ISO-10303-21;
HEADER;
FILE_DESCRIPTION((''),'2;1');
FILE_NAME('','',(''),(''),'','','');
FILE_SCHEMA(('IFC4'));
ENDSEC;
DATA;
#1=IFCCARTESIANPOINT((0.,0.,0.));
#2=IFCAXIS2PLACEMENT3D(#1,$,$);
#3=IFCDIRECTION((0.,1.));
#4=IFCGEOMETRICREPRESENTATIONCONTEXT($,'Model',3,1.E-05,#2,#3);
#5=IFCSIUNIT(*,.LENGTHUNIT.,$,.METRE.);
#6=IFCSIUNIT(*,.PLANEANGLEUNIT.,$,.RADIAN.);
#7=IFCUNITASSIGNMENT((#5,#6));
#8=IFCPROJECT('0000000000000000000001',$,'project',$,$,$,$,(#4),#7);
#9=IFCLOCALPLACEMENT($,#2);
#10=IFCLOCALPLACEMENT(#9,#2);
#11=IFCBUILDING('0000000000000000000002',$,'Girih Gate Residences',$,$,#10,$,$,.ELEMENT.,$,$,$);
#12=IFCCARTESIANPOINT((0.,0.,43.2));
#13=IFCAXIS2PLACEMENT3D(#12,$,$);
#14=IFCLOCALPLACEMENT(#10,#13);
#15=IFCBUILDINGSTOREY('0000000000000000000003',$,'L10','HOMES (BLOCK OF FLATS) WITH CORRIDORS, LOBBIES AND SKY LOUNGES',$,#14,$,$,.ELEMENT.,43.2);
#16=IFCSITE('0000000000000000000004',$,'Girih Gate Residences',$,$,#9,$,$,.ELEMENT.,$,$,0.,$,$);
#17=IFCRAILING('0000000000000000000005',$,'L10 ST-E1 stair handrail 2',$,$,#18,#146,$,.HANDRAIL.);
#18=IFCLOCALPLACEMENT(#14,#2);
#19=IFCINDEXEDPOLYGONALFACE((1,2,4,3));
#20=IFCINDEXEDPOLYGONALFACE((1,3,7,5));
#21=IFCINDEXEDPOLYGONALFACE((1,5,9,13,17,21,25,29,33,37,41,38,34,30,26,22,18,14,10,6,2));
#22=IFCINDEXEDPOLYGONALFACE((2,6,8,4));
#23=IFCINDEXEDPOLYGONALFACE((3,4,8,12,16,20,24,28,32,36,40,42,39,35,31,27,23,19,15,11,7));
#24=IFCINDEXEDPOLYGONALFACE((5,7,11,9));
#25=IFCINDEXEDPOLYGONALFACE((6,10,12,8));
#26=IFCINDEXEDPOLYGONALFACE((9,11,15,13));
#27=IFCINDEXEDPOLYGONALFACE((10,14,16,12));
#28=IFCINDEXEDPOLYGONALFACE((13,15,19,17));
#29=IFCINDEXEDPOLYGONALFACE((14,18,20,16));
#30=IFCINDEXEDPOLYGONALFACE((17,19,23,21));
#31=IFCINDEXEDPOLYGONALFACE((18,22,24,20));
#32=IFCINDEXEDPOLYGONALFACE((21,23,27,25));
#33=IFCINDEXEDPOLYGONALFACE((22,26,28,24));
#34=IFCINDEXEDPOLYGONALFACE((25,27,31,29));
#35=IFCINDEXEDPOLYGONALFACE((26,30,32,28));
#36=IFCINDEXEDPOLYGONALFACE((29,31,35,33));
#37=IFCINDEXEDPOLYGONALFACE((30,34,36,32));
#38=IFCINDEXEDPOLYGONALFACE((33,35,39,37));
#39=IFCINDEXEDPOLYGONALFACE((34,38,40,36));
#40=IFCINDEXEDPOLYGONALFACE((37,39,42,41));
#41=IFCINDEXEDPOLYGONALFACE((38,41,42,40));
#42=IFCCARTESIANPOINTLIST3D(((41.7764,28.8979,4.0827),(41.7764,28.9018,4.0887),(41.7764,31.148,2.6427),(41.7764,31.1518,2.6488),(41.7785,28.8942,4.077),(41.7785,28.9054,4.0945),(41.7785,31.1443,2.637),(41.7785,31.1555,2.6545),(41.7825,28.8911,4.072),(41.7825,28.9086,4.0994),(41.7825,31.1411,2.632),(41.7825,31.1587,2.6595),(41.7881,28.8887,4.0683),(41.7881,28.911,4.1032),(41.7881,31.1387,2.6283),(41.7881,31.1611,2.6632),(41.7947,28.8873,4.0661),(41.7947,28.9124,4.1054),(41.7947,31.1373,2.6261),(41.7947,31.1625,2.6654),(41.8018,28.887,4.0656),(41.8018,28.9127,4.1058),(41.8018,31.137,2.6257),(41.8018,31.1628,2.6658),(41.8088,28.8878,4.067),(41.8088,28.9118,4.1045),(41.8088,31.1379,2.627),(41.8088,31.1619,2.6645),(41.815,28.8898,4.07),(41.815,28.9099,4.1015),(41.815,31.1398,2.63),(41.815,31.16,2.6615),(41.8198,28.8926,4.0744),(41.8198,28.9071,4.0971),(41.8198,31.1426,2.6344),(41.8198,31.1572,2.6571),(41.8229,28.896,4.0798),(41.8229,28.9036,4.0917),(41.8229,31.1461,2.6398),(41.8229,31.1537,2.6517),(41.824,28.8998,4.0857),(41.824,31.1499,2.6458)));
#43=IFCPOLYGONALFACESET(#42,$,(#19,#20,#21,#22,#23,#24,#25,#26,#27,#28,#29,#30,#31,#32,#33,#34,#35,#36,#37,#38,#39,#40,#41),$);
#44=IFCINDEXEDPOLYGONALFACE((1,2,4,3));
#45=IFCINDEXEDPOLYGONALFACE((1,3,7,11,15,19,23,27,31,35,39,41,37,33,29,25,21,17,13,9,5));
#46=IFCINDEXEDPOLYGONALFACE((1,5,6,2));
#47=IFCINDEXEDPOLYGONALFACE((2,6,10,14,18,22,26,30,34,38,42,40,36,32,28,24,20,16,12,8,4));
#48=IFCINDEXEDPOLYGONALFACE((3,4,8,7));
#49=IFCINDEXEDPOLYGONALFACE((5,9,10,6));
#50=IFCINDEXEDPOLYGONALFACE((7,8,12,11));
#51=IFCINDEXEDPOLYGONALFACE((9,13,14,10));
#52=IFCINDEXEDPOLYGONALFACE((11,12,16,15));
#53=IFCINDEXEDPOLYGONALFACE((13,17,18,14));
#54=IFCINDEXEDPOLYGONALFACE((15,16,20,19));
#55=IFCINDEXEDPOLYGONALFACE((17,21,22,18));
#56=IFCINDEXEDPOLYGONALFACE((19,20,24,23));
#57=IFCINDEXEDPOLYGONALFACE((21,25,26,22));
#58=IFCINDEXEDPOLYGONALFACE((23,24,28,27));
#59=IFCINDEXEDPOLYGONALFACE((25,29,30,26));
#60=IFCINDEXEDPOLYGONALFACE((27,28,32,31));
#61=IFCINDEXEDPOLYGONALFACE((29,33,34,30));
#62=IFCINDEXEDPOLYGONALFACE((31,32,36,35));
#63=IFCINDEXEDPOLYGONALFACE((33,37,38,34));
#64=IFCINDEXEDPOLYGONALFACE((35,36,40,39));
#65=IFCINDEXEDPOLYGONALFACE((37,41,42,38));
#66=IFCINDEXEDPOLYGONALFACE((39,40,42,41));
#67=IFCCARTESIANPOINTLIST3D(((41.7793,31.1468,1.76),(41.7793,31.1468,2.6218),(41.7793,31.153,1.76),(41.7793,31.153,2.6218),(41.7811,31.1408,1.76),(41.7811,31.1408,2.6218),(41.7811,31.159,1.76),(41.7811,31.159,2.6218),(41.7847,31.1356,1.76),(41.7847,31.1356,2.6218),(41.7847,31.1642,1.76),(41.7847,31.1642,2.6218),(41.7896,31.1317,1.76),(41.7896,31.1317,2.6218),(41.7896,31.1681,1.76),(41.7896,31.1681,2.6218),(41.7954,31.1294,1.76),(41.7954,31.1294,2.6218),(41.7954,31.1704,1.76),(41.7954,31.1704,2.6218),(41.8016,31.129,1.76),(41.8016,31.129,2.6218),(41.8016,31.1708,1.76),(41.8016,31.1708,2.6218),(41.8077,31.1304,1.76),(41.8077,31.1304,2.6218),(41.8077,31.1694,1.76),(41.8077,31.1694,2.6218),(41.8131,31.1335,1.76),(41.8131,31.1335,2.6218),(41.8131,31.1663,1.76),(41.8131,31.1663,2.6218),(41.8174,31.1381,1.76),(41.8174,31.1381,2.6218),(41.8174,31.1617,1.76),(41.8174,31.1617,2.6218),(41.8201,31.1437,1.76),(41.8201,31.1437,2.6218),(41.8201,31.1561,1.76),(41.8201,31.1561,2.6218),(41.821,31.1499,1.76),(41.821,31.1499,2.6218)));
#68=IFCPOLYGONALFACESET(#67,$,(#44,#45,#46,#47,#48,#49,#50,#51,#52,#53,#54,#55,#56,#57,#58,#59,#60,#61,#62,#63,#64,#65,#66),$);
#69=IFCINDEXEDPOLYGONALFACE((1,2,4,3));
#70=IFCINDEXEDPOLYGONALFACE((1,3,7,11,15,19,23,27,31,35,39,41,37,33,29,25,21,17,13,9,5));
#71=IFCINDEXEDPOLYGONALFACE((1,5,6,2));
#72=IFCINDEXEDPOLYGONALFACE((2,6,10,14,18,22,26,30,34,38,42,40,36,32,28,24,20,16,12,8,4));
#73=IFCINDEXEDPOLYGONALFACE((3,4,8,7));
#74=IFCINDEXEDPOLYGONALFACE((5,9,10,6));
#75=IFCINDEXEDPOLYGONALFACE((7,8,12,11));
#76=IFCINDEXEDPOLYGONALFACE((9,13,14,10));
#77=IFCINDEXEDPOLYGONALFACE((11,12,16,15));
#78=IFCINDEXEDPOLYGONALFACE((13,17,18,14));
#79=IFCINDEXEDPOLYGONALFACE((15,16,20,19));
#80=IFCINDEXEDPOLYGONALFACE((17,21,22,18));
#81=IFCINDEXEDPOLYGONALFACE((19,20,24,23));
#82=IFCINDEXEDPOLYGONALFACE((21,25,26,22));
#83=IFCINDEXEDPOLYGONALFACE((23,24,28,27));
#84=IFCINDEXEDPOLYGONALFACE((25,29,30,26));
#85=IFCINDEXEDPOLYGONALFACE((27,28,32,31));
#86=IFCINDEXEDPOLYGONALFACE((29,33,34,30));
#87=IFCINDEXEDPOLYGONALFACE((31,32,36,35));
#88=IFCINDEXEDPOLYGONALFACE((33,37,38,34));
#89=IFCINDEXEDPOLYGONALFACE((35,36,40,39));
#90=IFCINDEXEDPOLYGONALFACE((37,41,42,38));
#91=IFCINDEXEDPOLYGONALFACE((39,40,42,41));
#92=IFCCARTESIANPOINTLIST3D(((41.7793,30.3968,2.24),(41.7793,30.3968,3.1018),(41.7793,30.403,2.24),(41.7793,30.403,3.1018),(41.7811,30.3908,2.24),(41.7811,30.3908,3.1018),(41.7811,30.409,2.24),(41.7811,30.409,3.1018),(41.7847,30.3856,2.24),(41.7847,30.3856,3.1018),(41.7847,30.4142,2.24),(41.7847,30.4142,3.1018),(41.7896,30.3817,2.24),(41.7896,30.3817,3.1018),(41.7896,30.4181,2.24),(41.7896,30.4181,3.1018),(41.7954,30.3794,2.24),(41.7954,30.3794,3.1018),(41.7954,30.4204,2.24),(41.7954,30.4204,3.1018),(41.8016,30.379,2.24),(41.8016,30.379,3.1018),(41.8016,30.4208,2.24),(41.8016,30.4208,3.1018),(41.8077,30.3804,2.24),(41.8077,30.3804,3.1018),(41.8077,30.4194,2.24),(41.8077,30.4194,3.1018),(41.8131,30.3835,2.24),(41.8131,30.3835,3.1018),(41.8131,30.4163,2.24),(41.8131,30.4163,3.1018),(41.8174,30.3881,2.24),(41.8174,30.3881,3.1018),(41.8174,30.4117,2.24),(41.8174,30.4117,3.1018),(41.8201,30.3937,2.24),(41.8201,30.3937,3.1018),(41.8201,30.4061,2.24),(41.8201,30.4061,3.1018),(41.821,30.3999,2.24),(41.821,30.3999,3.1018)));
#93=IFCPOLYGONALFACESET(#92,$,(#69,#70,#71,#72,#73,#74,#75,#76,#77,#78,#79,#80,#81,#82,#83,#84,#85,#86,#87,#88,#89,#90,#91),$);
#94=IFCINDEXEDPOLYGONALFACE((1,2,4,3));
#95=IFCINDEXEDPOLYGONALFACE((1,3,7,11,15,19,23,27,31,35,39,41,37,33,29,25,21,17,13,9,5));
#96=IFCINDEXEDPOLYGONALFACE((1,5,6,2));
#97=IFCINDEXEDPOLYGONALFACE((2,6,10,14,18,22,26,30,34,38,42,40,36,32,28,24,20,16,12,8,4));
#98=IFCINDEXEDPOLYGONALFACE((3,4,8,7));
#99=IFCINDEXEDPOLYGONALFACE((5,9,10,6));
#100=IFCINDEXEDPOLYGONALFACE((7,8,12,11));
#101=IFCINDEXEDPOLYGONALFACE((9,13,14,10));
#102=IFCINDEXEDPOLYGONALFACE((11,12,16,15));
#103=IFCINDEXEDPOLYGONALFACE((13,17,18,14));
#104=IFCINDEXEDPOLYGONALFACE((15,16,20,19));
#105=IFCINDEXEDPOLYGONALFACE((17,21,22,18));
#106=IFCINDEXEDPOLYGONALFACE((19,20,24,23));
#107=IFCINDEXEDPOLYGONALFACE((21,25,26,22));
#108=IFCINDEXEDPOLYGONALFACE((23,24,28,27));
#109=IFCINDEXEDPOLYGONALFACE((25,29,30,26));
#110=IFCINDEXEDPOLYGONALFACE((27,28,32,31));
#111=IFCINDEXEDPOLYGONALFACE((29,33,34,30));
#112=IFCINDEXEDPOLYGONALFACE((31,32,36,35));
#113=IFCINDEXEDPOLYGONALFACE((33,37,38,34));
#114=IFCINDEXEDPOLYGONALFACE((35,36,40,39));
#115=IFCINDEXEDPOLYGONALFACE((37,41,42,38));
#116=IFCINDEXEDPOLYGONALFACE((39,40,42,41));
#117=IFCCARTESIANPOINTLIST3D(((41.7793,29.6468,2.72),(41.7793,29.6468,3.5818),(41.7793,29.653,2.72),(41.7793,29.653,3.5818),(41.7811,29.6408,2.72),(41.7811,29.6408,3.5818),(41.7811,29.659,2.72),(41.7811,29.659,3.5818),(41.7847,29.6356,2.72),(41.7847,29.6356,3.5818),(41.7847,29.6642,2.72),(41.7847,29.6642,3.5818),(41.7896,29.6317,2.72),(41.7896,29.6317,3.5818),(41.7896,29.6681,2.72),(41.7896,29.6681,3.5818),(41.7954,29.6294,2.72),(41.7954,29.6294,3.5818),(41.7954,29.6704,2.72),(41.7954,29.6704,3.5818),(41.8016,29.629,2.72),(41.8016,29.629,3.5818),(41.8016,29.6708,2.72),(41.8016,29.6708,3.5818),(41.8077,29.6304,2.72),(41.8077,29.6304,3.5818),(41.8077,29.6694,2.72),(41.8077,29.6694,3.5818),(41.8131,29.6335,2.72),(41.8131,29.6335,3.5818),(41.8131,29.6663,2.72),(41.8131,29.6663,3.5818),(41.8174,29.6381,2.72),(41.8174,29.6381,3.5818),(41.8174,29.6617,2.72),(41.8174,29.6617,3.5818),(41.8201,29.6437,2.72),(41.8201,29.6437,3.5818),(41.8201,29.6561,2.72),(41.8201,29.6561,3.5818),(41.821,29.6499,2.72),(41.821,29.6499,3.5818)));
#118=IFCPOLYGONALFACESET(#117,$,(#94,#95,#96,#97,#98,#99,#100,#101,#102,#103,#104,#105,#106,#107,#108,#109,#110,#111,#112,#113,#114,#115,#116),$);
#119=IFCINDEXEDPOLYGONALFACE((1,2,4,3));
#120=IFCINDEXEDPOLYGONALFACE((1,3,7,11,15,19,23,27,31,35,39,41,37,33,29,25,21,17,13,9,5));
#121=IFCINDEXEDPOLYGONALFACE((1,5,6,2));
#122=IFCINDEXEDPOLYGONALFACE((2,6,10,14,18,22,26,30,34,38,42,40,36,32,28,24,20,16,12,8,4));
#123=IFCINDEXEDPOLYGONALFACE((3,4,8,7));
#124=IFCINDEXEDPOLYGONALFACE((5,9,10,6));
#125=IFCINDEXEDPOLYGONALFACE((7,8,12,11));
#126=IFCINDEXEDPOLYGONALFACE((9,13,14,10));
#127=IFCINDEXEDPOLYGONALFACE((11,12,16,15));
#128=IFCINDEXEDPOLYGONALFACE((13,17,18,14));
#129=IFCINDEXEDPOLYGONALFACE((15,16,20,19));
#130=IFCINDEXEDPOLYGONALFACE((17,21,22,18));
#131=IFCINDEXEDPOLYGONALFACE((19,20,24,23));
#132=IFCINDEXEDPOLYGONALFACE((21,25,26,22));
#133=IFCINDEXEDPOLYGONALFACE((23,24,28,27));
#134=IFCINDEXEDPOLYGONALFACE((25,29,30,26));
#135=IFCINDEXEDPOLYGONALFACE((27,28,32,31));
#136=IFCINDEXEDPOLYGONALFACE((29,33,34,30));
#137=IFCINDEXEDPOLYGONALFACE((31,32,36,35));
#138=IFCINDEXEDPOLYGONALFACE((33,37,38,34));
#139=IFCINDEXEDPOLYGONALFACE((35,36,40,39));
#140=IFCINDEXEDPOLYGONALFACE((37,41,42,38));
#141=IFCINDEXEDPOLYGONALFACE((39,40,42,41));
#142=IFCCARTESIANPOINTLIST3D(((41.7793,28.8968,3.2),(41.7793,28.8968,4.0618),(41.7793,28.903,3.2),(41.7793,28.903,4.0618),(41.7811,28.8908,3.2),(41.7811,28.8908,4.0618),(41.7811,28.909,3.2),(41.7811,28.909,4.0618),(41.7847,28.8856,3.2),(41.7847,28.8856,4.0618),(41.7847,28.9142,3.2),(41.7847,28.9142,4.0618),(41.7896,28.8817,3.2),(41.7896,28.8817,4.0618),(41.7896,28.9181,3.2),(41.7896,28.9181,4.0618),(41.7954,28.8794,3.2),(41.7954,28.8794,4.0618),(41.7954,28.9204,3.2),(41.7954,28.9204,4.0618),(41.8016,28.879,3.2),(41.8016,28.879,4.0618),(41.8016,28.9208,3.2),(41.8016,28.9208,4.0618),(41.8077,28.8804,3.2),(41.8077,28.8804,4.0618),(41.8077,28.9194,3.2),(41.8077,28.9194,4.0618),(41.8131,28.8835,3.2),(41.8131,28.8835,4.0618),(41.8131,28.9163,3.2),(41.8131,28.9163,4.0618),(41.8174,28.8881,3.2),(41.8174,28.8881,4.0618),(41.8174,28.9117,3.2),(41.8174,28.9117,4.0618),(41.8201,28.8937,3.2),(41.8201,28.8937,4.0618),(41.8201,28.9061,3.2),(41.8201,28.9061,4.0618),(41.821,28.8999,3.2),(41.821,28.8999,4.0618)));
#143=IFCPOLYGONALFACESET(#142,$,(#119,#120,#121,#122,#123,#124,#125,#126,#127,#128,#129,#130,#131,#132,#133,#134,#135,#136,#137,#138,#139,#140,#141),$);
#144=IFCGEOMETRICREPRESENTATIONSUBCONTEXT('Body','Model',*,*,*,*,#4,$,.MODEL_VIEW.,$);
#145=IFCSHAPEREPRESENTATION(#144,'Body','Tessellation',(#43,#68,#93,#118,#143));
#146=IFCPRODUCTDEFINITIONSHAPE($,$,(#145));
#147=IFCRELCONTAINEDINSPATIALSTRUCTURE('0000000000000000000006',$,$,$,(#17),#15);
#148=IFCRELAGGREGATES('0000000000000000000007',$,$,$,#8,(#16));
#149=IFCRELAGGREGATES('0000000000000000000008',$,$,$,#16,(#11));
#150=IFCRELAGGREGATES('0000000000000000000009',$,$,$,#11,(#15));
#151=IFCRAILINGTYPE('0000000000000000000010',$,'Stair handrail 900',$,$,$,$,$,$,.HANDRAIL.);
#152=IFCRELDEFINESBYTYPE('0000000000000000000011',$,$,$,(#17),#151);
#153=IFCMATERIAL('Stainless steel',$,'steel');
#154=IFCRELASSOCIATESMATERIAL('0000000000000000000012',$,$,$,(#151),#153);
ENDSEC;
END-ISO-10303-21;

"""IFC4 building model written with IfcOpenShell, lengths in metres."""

from ifc_helpers import new_model, si_unit, direction, frame, origin, origin_2d, place, context, subcontext, project, spatial, circle, extrude, material, type_object, element, save


model = new_model("IFC4")

# Units and contexts
model_context = context("Model", 3, precision=1e-05, world=origin(), true_north=direction((0.0, 1.0)))
body_context = subcontext(model_context, "Body", "Model", "MODEL_VIEW")
ifc_project = project(units=[si_unit("LENGTHUNIT", "METRE"), si_unit("PLANEANGLEUNIT", "RADIAN")], contexts=[model_context])

# Site, building, storey
site_placement = place(None, origin())
site = spatial("IfcSite", under=ifc_project, at=site_placement, Name="Girih Gate Residences", CompositionType="ELEMENT", RefElevation=0.0)
building_placement = place(site_placement, origin())
building = spatial("IfcBuilding", under=site, at=building_placement, Name="Girih Gate Residences", CompositionType="ELEMENT")
storey_placement = place(building_placement, frame((0.0, 0.0, 43.2)))
storey = spatial("IfcBuildingStorey", under=building, at=storey_placement, Name="L10", Description="HOMES (BLOCK OF FLATS) WITH CORRIDORS, LOBBIES AND SKY LOUNGES", CompositionType="ELEMENT", Elevation=43.2)

# Railing
ifc_material_1 = material(Name="Stainless steel", Category="steel")
railing_type_1 = type_object("IfcRailingType", Name="Stair handrail 900", PredefinedType="HANDRAIL", material=ifc_material_1)
railing_1_placement = place(storey_placement, frame((41.8, 31.1499, 1.76)))
element("IfcRailing", 1, at=railing_1_placement, inside=storey, type_object=railing_type_1, Name="L10 ST-E1 stair handrail 2", PredefinedType="HANDRAIL", context=body_context, shape_type="SweptSolid", body=[
    extrude(circle(Radius=0.0239, at=origin_2d()), frame((0.0, 0.0, 0.8857), z_axis=(0.0, -0.842281, 0.539038), x_axis=(1.0, 0.0, 0.0)), (0.0, 0.0, 1.0), 2.6714),
    extrude(circle(Radius=0.021, at=origin_2d()), origin(), (0.0, 0.0, 1.0), 0.8618),
    extrude(circle(Radius=0.021, at=origin_2d()), frame((0.0, -0.75, 0.48)), (0.0, 0.0, 1.0), 0.8618),
    extrude(circle(Radius=0.021, at=origin_2d()), frame((0.0, -1.5, 0.96)), (0.0, 0.0, 1.0), 0.8618),
    extrude(circle(Radius=0.021, at=origin_2d()), frame((0.0, -2.25, 1.4399)), (0.0, 0.0, 1.0), 0.8618),
])

save(model, "model.ifc")
